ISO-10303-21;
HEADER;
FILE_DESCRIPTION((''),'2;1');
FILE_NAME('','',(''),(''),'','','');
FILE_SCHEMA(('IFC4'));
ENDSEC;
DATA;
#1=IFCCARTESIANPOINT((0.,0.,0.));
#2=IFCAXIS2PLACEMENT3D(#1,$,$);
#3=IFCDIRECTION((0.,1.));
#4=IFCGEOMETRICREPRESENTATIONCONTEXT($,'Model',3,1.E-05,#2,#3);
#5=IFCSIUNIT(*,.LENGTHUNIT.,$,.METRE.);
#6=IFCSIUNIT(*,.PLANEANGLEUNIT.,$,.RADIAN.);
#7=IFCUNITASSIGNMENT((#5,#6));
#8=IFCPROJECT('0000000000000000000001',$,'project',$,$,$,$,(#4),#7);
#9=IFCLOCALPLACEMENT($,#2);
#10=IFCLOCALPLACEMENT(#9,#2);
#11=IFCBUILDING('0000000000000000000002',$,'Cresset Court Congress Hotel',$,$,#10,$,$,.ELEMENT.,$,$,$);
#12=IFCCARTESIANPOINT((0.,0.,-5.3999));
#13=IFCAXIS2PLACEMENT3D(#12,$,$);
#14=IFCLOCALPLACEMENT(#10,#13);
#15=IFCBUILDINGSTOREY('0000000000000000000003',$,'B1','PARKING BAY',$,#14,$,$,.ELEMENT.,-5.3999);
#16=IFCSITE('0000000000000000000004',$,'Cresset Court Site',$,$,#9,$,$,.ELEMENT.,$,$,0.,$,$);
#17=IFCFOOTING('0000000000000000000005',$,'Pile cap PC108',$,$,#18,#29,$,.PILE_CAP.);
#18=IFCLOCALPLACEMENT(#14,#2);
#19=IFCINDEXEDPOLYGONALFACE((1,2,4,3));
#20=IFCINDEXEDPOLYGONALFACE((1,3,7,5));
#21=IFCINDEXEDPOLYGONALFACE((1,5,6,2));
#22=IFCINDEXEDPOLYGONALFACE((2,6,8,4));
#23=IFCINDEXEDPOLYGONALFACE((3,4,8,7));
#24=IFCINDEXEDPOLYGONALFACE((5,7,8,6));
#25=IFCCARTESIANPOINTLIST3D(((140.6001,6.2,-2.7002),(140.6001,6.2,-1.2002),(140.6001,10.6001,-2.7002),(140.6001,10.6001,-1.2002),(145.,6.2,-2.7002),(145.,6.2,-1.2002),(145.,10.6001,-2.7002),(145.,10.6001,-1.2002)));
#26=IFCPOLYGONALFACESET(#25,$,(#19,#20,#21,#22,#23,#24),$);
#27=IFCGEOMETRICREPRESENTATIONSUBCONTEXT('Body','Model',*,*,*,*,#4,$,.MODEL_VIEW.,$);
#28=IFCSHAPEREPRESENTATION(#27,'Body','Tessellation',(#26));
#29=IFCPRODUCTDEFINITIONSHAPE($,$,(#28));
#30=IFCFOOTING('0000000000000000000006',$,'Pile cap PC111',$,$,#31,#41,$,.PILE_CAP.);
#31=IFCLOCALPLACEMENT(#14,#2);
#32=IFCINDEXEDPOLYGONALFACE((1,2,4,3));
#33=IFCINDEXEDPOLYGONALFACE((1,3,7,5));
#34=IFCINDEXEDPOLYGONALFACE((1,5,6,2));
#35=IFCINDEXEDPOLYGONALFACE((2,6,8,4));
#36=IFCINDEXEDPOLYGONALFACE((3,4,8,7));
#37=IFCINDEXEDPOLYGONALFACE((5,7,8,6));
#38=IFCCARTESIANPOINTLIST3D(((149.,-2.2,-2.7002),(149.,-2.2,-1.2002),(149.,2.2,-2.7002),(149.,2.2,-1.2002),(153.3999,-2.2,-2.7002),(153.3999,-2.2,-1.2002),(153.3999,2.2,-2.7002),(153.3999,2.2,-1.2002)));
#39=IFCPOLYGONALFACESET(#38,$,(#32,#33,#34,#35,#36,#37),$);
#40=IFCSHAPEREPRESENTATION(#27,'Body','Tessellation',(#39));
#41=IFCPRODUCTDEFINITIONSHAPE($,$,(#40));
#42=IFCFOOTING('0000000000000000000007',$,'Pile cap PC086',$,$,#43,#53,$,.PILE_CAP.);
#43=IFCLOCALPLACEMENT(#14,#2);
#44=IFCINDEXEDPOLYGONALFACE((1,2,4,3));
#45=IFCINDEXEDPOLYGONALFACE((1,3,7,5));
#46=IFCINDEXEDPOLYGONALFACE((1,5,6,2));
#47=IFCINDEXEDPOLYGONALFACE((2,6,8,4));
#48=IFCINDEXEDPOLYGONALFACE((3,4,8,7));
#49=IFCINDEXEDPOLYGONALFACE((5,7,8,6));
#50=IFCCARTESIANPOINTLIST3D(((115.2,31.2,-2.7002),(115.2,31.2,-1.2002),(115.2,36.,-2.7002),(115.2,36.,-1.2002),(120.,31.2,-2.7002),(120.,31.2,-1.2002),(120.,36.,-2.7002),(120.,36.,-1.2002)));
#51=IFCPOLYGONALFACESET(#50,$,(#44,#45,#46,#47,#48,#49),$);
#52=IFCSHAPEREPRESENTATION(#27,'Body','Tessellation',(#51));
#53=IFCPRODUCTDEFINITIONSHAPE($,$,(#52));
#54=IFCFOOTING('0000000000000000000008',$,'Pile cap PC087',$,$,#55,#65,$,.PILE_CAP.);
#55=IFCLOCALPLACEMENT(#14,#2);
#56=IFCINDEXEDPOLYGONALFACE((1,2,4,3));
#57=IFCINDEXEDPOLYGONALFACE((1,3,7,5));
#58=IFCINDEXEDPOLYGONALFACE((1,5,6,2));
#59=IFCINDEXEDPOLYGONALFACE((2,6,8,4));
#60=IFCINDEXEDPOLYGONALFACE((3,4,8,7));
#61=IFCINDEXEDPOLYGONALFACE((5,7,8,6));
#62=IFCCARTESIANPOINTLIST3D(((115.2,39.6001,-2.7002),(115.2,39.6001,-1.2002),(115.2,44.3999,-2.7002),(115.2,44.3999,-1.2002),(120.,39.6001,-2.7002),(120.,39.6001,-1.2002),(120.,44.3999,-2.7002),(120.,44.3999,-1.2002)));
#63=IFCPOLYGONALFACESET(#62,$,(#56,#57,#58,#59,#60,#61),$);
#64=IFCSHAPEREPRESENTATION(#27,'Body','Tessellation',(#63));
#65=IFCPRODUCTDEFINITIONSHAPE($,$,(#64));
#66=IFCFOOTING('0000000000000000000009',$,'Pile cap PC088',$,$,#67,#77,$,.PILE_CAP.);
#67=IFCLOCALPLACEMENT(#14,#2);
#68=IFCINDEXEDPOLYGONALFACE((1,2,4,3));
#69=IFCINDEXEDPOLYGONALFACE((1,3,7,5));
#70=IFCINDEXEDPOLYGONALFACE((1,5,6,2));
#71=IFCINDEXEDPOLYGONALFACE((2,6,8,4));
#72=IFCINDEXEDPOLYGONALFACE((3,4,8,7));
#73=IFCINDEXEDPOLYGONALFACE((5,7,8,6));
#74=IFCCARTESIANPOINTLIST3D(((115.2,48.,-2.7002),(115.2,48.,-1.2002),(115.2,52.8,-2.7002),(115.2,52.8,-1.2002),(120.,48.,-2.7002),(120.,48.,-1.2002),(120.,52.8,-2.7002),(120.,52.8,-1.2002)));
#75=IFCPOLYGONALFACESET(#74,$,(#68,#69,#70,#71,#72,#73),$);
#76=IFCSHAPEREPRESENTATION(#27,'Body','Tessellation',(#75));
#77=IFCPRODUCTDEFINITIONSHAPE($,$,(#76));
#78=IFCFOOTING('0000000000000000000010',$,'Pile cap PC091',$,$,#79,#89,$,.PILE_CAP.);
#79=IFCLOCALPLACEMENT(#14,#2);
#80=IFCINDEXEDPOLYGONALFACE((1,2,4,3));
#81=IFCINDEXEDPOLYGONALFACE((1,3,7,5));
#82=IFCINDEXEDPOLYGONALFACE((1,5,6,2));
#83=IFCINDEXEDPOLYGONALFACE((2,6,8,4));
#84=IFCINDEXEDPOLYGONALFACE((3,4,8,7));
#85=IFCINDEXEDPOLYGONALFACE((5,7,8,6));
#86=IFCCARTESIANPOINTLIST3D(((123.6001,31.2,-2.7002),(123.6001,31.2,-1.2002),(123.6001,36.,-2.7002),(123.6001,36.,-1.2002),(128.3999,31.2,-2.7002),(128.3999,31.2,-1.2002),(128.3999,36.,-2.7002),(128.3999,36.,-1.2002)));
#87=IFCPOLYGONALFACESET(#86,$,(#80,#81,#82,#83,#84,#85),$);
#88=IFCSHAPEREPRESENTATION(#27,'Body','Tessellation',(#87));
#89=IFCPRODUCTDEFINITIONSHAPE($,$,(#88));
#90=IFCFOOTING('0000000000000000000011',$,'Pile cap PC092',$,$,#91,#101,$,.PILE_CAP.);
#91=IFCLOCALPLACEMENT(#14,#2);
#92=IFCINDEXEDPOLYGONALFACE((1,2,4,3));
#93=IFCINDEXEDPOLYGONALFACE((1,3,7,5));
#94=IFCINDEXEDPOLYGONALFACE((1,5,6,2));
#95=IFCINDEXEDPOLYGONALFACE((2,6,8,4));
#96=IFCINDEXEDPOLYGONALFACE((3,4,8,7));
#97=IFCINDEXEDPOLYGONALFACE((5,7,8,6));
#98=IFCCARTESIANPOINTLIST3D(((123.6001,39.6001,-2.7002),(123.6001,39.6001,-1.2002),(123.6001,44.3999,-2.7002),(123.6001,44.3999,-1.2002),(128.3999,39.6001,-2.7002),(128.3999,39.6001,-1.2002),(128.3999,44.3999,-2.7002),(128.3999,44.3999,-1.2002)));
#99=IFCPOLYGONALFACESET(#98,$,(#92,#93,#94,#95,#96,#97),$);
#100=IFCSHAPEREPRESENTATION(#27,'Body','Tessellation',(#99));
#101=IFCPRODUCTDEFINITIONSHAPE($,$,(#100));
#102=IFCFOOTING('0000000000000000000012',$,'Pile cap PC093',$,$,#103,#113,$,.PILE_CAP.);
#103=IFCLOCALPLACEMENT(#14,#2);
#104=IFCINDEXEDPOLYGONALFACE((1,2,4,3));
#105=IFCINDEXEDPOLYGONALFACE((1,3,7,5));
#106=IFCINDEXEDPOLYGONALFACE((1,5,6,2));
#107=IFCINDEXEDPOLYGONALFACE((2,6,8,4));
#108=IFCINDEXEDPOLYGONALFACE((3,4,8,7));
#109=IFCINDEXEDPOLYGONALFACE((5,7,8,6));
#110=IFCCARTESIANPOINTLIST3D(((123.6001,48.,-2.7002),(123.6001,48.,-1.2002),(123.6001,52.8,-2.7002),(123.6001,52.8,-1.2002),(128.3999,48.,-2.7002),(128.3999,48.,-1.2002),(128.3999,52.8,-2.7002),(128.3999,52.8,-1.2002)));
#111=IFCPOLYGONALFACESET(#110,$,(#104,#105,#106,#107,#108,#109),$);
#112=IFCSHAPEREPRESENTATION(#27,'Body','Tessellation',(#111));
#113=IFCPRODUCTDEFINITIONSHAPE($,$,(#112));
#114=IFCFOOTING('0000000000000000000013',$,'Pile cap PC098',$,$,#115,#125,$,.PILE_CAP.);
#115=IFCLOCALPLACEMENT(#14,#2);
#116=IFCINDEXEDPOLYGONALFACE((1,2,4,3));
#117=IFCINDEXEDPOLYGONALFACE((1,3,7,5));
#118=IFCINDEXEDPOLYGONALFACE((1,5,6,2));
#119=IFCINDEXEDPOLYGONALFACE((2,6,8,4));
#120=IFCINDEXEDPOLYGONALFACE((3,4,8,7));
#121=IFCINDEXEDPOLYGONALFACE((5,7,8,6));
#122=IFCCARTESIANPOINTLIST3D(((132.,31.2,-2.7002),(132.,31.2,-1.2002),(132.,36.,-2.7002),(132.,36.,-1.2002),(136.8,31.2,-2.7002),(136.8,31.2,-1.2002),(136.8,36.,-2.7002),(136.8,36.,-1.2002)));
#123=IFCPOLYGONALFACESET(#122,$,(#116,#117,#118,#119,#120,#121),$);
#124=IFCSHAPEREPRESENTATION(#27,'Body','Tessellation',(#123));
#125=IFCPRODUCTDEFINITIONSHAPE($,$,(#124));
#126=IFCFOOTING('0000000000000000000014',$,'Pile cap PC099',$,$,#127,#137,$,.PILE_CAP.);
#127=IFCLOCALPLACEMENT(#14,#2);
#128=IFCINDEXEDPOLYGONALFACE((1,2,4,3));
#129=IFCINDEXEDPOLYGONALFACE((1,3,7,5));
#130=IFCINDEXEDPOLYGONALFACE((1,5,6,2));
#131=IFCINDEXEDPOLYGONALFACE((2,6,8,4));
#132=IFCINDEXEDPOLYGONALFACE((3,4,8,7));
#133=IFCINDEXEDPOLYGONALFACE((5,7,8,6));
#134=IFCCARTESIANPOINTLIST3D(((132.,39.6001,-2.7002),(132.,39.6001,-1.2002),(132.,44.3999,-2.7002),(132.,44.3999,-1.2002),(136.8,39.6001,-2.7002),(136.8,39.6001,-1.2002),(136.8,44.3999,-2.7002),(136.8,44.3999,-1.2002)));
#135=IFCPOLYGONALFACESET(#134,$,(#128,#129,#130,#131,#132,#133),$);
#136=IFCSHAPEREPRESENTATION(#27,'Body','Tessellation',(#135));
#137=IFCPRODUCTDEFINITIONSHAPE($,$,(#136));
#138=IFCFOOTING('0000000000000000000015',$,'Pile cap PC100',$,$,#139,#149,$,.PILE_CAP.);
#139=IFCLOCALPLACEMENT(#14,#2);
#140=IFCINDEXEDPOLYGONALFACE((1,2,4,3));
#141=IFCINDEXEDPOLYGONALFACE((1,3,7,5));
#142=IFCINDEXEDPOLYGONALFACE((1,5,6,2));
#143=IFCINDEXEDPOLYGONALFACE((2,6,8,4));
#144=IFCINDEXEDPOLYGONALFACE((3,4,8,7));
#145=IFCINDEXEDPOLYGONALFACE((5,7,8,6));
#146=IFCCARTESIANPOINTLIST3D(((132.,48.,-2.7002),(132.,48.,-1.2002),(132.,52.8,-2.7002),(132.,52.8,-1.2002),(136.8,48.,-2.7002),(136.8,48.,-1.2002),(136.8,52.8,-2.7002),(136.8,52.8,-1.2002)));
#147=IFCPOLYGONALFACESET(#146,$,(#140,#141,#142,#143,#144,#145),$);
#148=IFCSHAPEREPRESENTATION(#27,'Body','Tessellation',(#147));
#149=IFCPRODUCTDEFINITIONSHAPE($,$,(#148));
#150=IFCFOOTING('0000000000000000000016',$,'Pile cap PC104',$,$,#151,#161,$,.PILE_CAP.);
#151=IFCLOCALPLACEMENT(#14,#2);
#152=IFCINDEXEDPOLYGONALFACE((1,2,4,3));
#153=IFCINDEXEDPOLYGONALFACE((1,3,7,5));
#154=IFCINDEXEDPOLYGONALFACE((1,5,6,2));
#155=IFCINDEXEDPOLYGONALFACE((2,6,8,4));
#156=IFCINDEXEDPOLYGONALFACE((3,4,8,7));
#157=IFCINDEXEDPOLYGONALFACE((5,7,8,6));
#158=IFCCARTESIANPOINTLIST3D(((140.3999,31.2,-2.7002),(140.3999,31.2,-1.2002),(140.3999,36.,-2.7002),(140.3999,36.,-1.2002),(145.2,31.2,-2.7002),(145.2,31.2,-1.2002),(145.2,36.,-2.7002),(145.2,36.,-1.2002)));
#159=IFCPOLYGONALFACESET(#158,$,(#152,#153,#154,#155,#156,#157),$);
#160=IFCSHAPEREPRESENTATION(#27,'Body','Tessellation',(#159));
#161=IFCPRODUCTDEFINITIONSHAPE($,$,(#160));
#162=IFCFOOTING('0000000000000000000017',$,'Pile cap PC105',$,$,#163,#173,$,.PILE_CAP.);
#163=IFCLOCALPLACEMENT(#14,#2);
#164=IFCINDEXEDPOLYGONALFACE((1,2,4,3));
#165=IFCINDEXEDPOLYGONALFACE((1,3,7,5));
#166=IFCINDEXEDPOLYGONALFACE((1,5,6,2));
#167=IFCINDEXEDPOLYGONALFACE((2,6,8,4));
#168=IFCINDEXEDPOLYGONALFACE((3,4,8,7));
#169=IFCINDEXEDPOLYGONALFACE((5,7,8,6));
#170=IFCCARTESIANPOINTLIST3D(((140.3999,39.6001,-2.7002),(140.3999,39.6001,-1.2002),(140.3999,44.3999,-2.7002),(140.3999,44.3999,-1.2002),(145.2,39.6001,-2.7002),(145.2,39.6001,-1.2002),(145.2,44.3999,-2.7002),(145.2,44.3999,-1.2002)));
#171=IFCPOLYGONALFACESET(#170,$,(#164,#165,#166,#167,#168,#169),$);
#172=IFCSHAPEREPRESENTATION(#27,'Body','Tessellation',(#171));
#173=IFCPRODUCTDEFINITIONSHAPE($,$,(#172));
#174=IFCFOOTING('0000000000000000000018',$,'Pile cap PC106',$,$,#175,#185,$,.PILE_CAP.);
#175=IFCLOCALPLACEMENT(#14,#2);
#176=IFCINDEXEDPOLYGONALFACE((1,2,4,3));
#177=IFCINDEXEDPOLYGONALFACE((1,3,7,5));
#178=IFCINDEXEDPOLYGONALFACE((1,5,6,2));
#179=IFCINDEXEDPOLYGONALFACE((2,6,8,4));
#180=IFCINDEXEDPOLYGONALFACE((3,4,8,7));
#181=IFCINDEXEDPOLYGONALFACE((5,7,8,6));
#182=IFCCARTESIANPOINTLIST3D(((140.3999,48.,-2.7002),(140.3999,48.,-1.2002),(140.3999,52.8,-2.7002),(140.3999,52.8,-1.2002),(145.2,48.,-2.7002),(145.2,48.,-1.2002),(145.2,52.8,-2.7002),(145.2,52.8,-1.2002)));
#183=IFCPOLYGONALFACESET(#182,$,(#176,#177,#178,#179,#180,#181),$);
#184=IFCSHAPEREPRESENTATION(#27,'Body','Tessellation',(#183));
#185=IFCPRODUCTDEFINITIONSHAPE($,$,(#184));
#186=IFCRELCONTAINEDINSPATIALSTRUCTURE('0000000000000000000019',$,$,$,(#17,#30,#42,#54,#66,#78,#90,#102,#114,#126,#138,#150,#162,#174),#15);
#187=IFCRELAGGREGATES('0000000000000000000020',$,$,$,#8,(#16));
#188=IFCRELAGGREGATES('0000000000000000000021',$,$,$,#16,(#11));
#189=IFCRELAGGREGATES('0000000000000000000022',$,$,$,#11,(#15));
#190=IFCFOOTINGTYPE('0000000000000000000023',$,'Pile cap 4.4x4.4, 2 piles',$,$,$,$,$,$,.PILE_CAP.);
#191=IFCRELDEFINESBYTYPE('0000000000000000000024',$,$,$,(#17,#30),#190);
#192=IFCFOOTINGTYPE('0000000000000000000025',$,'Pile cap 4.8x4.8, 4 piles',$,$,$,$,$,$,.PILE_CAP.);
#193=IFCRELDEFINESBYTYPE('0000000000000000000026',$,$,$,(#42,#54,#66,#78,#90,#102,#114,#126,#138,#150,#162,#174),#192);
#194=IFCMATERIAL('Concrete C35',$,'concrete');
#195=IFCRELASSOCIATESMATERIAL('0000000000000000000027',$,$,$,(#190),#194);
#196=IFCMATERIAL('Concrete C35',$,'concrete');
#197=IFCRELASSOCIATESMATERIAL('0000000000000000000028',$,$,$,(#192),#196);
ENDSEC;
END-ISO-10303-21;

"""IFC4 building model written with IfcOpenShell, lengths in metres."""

from ifc_helpers import new_model, si_unit, direction, frame, origin, place, context, subcontext, project, spatial, polyline, outline, extrude, material, type_object, element, save


model = new_model("IFC4")

# Units and contexts
model_context = context("Model", 3, precision=1e-05, world=origin(), true_north=direction((0.0, 1.0)))
body_context = subcontext(model_context, "Body", "Model", "MODEL_VIEW")
ifc_project = project(units=[si_unit("LENGTHUNIT", "METRE"), si_unit("PLANEANGLEUNIT", "RADIAN")], contexts=[model_context])

# Site, building, storey
site_placement = place(None, origin())
site = spatial("IfcSite", under=ifc_project, at=site_placement, Name="Cresset Court Site", CompositionType="ELEMENT", RefElevation=0.0)
building_placement = place(site_placement, origin())
building = spatial("IfcBuilding", under=site, at=building_placement, Name="Cresset Court Congress Hotel", CompositionType="ELEMENT")
storey_placement = place(building_placement, frame((0.0, 0.0, -5.3999)))
storey = spatial("IfcBuildingStorey", under=building, at=storey_placement, Name="B1", Description="PARKING BAY", CompositionType="ELEMENT", Elevation=-5.3999)

# Footings
ifc_material_1 = material(Name="Concrete C35", Category="concrete")
footing_type_1 = type_object("IfcFootingType", Name="Pile cap 4.4x4.4, 2 piles", PredefinedType="PILE_CAP", material=ifc_material_1)
footing_1_placement = place(storey_placement, frame((0.0, 0.0, -2.7002)))
element("IfcFooting", 1, at=footing_1_placement, inside=storey, type_object=footing_type_1, Name="Pile cap PC108", PredefinedType="PILE_CAP", context=body_context, shape_type="SweptSolid", body=[
    extrude(outline(polyline([(145.0, 10.6001), (145.0, 6.2), (140.6001, 6.2), (140.6001, 10.6001), (145.0, 10.6001)])), origin(), (0.0, 0.0, 1.0), 1.5),
])
footing_2_placement = place(storey_placement, frame((0.0, 0.0, -2.7002)))
element("IfcFooting", 2, at=footing_2_placement, inside=storey, type_object=footing_type_1, Name="Pile cap PC111", PredefinedType="PILE_CAP", context=body_context, shape_type="SweptSolid", body=[
    extrude(outline(polyline([(153.3999, -2.2), (149.0, -2.2), (149.0, 2.2), (153.3999, 2.2), (153.3999, -2.2)])), origin(), (0.0, 0.0, 1.0), 1.5),
])
ifc_material_2 = material(Name="Concrete C35", Category="concrete")
footing_type_2 = type_object("IfcFootingType", Name="Pile cap 4.8x4.8, 4 piles", PredefinedType="PILE_CAP", material=ifc_material_2)
footing_3_placement = place(storey_placement, frame((0.0, 0.0, -2.7002)))
element("IfcFooting", 3, at=footing_3_placement, inside=storey, type_object=footing_type_2, Name="Pile cap PC086", PredefinedType="PILE_CAP", context=body_context, shape_type="SweptSolid", body=[
    extrude(outline(polyline([(120.0, 31.2), (115.2, 31.2), (115.2, 36.0), (120.0, 36.0), (120.0, 31.2)])), origin(), (0.0, 0.0, 1.0), 1.5),
])
footing_4_placement = place(storey_placement, frame((0.0, 0.0, -2.7002)))
element("IfcFooting", 4, at=footing_4_placement, inside=storey, type_object=footing_type_2, Name="Pile cap PC087", PredefinedType="PILE_CAP", context=body_context, shape_type="SweptSolid", body=[
    extrude(outline(polyline([(120.0, 39.6001), (115.2, 39.6001), (115.2, 44.3999), (120.0, 44.3999), (120.0, 39.6001)])), origin(), (0.0, 0.0, 1.0), 1.5),
])
footing_5_placement = place(storey_placement, frame((0.0, 0.0, -2.7002)))
element("IfcFooting", 5, at=footing_5_placement, inside=storey, type_object=footing_type_2, Name="Pile cap PC088", PredefinedType="PILE_CAP", context=body_context, shape_type="SweptSolid", body=[
    extrude(outline(polyline([(120.0, 48.0), (115.2, 48.0), (115.2, 52.8), (120.0, 52.8), (120.0, 48.0)])), origin(), (0.0, 0.0, 1.0), 1.5),
])
footing_6_placement = place(storey_placement, frame((0.0, 0.0, -2.7002)))
element("IfcFooting", 6, at=footing_6_placement, inside=storey, type_object=footing_type_2, Name="Pile cap PC091", PredefinedType="PILE_CAP", context=body_context, shape_type="SweptSolid", body=[
    extrude(outline(polyline([(128.3999, 36.0), (128.3999, 31.2), (123.6001, 31.2), (123.6001, 36.0), (128.3999, 36.0)])), origin(), (0.0, 0.0, 1.0), 1.5),
])
footing_7_placement = place(storey_placement, frame((0.0, 0.0, -2.7002)))
element("IfcFooting", 7, at=footing_7_placement, inside=storey, type_object=footing_type_2, Name="Pile cap PC092", PredefinedType="PILE_CAP", context=body_context, shape_type="SweptSolid", body=[
    extrude(outline(polyline([(128.3999, 39.6001), (123.6001, 39.6001), (123.6001, 44.3999), (128.3999, 44.3999), (128.3999, 39.6001)])), origin(), (0.0, 0.0, 1.0), 1.5),
])
footing_8_placement = place(storey_placement, frame((0.0, 0.0, -2.7002)))
element("IfcFooting", 8, at=footing_8_placement, inside=storey, type_object=footing_type_2, Name="Pile cap PC093", PredefinedType="PILE_CAP", context=body_context, shape_type="SweptSolid", body=[
    extrude(outline(polyline([(128.3999, 48.0), (123.6001, 48.0), (123.6001, 52.8), (128.3999, 52.8), (128.3999, 48.0)])), origin(), (0.0, 0.0, 1.0), 1.5),
])
footing_9_placement = place(storey_placement, frame((0.0, 0.0, -2.7002)))
element("IfcFooting", 9, at=footing_9_placement, inside=storey, type_object=footing_type_2, Name="Pile cap PC098", PredefinedType="PILE_CAP", context=body_context, shape_type="SweptSolid", body=[
    extrude(outline(polyline([(136.8, 31.2), (132.0, 31.2), (132.0, 36.0), (136.8, 36.0), (136.8, 31.2)])), origin(), (0.0, 0.0, 1.0), 1.5),
])
footing_10_placement = place(storey_placement, frame((0.0, 0.0, -2.7002)))
element("IfcFooting", 10, at=footing_10_placement, inside=storey, type_object=footing_type_2, Name="Pile cap PC099", PredefinedType="PILE_CAP", context=body_context, shape_type="SweptSolid", body=[
    extrude(outline(polyline([(136.8, 44.3999), (136.8, 39.6001), (132.0, 39.6001), (132.0, 44.3999), (136.8, 44.3999)])), origin(), (0.0, 0.0, 1.0), 1.5),
])
footing_11_placement = place(storey_placement, frame((0.0, 0.0, -2.7002)))
element("IfcFooting", 11, at=footing_11_placement, inside=storey, type_object=footing_type_2, Name="Pile cap PC100", PredefinedType="PILE_CAP", context=body_context, shape_type="SweptSolid", body=[
    extrude(outline(polyline([(136.8, 48.0), (132.0, 48.0), (132.0, 52.8), (136.8, 52.8), (136.8, 48.0)])), origin(), (0.0, 0.0, 1.0), 1.5),
])
footing_12_placement = place(storey_placement, frame((0.0, 0.0, -2.7002)))
element("IfcFooting", 12, at=footing_12_placement, inside=storey, type_object=footing_type_2, Name="Pile cap PC104", PredefinedType="PILE_CAP", context=body_context, shape_type="SweptSolid", body=[
    extrude(outline(polyline([(145.2, 31.2), (140.3999, 31.2), (140.3999, 36.0), (145.2, 36.0), (145.2, 31.2)])), origin(), (0.0, 0.0, 1.0), 1.5),
])
footing_13_placement = place(storey_placement, frame((0.0, 0.0, -2.7002)))
element("IfcFooting", 13, at=footing_13_placement, inside=storey, type_object=footing_type_2, Name="Pile cap PC105", PredefinedType="PILE_CAP", context=body_context, shape_type="SweptSolid", body=[
    extrude(outline(polyline([(145.2, 44.3999), (145.2, 39.6001), (140.3999, 39.6001), (140.3999, 44.3999), (145.2, 44.3999)])), origin(), (0.0, 0.0, 1.0), 1.5),
])
footing_14_placement = place(storey_placement, frame((0.0, 0.0, -2.7002)))
element("IfcFooting", 14, at=footing_14_placement, inside=storey, type_object=footing_type_2, Name="Pile cap PC106", PredefinedType="PILE_CAP", context=body_context, shape_type="SweptSolid", body=[
    extrude(outline(polyline([(145.2, 48.0), (140.3999, 48.0), (140.3999, 52.8), (145.2, 52.8), (145.2, 48.0)])), origin(), (0.0, 0.0, 1.0), 1.5),
])

save(model, "model.ifc")
